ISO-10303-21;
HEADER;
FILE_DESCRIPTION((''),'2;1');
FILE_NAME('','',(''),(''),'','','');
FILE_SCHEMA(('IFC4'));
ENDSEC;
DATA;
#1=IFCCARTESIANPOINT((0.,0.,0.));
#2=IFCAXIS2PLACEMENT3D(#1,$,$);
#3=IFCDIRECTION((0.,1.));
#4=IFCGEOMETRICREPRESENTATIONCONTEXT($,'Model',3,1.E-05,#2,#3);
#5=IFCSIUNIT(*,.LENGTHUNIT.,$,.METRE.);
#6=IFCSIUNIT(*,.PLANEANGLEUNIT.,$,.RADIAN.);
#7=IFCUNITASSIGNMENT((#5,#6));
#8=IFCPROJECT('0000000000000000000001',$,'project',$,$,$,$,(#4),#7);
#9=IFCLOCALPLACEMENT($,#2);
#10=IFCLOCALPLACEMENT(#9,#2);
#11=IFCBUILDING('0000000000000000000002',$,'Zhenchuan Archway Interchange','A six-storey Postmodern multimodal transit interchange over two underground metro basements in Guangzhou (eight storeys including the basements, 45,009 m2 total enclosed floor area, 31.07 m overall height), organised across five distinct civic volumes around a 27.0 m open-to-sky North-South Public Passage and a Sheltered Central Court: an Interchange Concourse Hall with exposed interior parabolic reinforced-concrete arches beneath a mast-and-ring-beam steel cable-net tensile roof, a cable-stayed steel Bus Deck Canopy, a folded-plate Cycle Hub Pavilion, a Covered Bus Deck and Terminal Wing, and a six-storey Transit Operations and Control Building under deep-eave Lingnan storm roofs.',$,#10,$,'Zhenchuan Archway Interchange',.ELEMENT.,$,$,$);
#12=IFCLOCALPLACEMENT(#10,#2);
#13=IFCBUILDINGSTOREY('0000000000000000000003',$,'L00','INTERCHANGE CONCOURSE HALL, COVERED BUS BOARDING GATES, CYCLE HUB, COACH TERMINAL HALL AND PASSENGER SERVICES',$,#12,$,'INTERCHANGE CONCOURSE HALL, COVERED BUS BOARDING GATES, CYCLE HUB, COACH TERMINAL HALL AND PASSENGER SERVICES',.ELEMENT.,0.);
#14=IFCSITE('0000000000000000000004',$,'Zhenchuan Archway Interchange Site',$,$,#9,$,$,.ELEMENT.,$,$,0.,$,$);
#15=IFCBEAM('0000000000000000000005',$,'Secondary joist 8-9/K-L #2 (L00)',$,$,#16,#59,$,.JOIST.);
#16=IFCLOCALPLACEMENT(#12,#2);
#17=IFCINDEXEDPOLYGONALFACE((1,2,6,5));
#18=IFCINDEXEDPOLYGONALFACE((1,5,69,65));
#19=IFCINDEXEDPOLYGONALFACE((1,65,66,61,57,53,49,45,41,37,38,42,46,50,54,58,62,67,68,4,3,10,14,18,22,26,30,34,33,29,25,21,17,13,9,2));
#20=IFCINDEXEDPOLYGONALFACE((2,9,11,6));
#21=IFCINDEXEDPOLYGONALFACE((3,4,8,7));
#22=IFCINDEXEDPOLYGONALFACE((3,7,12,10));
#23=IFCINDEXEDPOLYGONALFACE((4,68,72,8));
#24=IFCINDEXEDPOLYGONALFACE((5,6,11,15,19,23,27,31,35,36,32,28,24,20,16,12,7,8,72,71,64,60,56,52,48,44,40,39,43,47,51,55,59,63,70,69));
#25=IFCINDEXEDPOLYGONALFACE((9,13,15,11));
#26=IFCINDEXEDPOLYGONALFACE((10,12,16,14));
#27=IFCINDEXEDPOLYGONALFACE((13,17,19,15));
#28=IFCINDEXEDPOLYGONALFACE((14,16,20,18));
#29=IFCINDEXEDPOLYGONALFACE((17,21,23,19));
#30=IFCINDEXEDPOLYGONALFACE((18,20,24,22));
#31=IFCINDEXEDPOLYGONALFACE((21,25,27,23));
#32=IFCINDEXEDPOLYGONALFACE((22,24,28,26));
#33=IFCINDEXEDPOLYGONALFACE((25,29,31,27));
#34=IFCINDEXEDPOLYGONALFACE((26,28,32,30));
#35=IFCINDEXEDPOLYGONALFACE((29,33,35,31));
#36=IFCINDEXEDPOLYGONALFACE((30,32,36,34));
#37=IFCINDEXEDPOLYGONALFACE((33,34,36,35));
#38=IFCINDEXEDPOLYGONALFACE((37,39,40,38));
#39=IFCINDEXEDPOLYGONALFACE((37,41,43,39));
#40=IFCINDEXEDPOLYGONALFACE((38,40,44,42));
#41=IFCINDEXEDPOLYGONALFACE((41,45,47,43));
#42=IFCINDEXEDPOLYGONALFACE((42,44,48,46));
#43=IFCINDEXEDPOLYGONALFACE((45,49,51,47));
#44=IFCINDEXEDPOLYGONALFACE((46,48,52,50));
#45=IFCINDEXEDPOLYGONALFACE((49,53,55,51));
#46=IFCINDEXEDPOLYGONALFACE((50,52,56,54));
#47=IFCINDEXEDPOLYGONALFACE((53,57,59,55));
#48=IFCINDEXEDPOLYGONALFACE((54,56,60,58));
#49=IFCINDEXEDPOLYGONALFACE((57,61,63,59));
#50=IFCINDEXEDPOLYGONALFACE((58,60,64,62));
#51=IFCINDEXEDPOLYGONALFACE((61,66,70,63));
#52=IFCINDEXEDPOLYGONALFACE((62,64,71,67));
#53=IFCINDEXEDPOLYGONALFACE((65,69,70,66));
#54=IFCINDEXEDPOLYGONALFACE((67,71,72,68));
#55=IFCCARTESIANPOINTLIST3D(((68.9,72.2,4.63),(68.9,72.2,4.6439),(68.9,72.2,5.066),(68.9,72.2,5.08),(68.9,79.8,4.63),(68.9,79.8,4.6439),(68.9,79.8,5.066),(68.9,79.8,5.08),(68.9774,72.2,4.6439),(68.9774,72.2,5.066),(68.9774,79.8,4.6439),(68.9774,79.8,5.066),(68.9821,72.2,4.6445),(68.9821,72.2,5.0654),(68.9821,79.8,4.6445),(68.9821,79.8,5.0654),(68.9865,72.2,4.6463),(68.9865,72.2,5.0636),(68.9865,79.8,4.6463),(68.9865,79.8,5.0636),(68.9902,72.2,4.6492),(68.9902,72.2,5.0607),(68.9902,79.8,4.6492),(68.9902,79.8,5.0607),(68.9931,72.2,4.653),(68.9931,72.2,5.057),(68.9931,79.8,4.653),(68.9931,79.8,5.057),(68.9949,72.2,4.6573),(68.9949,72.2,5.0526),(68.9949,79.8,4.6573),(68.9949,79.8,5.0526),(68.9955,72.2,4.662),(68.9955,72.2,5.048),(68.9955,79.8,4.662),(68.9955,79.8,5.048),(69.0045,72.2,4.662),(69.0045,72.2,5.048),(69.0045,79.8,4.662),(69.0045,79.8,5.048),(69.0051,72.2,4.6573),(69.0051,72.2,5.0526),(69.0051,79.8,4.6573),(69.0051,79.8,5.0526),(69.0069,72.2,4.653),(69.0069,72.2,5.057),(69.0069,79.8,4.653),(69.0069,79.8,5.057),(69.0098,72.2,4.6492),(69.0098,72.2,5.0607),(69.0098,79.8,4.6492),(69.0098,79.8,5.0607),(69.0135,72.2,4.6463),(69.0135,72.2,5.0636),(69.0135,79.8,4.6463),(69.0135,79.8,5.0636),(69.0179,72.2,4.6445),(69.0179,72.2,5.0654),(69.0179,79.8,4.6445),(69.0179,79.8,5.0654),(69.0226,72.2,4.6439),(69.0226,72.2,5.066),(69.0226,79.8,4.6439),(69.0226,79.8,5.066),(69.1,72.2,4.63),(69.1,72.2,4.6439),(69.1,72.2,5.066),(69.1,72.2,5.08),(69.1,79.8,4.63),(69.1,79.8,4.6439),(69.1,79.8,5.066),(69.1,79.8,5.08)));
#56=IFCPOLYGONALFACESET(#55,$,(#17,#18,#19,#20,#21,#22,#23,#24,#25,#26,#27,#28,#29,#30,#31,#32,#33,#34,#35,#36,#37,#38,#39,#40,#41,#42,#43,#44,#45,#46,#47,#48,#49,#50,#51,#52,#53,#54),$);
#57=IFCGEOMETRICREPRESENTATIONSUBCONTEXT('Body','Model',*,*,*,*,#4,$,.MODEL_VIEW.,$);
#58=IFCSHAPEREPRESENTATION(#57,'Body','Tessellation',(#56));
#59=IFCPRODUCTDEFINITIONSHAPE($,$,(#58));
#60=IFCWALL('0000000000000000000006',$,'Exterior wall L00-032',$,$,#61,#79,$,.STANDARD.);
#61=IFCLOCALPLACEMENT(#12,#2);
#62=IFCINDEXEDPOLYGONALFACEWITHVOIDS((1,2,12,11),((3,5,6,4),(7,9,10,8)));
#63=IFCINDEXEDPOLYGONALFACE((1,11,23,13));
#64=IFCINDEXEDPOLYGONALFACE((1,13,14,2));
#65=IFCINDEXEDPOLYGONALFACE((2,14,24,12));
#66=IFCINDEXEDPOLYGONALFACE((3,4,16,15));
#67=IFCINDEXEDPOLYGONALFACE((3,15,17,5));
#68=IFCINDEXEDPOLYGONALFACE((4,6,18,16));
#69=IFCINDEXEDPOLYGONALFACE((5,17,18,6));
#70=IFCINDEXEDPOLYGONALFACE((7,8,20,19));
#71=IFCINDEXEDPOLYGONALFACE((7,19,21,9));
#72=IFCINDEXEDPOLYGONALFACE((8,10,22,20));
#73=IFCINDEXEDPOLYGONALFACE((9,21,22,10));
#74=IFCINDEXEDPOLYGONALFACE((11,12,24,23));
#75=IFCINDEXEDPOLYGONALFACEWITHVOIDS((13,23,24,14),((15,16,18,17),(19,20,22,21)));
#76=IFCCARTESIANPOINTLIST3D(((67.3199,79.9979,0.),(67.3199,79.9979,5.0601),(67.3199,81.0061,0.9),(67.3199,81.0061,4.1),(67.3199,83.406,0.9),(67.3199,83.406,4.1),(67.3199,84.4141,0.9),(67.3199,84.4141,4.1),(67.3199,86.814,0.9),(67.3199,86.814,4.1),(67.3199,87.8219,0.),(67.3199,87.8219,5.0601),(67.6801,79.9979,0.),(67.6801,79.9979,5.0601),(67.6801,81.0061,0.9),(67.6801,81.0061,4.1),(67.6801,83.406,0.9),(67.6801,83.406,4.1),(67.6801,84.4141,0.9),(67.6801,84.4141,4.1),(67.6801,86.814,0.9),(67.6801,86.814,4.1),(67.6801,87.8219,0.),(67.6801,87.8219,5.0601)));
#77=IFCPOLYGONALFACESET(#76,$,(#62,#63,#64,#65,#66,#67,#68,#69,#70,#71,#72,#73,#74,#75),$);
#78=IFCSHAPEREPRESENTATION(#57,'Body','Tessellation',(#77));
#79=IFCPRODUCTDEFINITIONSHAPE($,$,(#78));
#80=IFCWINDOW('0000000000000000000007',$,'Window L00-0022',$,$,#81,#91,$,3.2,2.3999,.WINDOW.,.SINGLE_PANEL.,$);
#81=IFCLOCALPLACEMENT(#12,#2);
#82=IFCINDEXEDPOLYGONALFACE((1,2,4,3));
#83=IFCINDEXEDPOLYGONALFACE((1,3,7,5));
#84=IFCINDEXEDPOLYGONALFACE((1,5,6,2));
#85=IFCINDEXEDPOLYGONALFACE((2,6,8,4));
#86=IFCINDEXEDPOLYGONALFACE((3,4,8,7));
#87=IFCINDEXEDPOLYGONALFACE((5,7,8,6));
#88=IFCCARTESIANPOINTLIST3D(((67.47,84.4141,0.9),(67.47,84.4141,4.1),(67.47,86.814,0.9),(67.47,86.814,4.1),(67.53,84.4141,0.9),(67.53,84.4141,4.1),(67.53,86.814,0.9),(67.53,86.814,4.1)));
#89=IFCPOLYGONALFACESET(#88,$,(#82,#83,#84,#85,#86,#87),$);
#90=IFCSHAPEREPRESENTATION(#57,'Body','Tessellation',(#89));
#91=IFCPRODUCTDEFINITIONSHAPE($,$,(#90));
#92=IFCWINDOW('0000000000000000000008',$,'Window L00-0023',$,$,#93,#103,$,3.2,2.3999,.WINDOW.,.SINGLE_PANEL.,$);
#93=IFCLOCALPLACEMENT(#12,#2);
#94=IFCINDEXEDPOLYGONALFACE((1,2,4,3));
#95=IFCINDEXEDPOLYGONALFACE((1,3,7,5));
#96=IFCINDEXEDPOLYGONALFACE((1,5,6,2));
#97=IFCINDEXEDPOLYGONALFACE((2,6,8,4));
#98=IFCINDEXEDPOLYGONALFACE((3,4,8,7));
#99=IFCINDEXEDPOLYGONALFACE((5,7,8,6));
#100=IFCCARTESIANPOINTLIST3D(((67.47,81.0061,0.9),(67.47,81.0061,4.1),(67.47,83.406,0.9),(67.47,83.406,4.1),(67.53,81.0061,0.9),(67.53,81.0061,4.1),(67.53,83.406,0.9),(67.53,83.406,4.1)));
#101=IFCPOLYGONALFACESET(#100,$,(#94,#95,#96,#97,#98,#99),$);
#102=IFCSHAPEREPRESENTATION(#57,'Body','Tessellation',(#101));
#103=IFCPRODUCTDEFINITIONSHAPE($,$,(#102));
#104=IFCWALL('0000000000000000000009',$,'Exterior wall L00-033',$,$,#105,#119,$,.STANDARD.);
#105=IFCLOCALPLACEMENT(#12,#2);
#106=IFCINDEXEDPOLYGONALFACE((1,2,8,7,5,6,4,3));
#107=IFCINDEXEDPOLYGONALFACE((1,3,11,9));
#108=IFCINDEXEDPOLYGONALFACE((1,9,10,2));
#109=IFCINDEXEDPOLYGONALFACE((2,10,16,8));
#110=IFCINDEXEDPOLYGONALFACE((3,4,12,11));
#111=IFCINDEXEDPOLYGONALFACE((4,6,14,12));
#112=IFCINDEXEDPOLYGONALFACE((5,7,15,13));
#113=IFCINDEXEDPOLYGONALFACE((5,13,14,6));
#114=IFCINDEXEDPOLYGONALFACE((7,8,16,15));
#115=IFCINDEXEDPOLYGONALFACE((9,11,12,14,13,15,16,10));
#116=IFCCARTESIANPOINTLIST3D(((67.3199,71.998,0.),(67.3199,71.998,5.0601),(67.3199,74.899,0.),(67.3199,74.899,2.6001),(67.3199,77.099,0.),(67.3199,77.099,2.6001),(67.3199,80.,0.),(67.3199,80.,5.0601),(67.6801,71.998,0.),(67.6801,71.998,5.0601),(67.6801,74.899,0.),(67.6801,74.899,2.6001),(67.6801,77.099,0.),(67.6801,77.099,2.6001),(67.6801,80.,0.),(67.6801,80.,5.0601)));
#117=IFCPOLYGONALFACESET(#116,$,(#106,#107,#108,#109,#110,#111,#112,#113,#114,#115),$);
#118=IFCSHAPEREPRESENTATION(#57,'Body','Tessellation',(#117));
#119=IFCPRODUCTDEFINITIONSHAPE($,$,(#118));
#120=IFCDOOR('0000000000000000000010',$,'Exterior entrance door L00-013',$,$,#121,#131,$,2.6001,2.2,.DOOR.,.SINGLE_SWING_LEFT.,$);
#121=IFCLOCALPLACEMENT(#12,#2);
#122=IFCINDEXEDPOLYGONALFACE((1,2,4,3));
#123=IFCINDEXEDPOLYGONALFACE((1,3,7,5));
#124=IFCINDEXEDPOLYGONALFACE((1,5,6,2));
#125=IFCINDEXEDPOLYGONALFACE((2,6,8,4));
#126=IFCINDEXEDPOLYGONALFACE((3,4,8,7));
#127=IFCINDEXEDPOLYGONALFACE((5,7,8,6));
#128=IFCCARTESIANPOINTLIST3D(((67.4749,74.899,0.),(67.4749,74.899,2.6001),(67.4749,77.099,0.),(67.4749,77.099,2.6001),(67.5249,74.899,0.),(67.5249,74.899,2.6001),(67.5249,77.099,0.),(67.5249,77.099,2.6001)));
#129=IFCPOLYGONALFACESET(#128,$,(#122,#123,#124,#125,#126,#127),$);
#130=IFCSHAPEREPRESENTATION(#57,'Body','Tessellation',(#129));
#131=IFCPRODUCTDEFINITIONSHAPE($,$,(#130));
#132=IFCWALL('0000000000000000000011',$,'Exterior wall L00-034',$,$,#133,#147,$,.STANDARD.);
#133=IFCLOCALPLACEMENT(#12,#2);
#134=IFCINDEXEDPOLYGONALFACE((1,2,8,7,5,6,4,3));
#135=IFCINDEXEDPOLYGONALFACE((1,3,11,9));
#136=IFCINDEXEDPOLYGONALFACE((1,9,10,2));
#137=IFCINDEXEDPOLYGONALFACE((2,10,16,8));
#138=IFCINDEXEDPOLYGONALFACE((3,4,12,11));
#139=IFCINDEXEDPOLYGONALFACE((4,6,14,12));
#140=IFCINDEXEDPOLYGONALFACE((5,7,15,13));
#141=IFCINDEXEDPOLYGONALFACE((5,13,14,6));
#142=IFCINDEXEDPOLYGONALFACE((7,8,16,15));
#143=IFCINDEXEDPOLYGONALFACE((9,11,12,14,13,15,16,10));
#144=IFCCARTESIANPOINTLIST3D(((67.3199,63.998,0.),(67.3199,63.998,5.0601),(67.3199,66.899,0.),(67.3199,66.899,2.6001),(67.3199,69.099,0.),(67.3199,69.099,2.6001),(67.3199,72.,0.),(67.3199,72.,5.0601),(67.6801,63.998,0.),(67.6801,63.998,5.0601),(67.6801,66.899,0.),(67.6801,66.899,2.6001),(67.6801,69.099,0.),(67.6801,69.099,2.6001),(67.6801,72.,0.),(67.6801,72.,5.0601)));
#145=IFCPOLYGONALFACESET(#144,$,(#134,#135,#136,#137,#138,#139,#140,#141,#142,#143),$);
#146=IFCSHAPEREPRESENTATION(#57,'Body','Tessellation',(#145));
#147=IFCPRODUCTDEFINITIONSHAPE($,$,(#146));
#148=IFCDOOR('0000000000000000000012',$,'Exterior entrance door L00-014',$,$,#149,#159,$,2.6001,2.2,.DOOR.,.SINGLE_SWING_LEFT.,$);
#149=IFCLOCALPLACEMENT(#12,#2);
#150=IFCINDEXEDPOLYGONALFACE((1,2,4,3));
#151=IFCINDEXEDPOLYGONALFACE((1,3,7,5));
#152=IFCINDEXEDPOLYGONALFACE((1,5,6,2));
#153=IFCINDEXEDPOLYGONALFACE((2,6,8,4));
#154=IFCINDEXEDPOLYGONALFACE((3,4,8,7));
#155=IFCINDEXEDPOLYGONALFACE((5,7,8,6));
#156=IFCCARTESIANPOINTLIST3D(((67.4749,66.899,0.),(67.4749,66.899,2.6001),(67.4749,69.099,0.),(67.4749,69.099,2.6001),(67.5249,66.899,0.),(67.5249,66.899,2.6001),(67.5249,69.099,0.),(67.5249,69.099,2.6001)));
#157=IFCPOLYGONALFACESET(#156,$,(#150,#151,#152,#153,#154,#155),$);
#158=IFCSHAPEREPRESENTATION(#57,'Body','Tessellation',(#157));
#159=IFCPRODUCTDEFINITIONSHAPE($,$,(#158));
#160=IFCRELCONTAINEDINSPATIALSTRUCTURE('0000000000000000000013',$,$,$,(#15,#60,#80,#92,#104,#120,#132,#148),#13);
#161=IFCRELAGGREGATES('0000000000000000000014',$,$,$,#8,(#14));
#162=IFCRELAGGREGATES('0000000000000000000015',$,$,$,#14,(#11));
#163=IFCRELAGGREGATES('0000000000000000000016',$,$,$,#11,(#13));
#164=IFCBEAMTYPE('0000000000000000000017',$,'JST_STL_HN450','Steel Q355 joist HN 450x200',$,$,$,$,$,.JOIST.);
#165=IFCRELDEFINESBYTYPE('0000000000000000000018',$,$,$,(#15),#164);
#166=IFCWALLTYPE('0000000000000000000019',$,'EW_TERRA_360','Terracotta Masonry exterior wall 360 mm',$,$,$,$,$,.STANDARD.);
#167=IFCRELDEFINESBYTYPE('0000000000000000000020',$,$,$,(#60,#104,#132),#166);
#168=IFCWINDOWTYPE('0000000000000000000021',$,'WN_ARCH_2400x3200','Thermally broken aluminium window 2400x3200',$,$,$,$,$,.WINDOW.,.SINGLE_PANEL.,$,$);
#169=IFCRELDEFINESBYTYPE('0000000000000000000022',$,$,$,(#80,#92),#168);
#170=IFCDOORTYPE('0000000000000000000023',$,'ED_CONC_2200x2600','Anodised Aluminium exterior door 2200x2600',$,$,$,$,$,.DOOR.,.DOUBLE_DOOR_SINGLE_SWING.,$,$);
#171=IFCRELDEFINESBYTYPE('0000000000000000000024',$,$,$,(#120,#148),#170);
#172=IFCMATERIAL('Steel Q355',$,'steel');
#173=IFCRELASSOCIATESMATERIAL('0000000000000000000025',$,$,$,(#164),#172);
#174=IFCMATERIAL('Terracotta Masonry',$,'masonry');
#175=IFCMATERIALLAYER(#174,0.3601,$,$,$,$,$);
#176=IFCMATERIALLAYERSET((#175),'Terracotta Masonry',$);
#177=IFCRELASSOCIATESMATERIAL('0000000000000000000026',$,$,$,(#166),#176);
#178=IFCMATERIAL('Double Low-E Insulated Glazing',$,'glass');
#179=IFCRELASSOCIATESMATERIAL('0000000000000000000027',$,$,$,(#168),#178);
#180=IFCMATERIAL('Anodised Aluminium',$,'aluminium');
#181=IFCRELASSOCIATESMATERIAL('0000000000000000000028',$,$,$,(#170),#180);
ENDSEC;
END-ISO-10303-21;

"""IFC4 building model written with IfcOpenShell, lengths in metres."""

from ifc_helpers import new_model, si_unit, direction, frame, frame_2d, origin, origin_2d, place, context, subcontext, project, spatial, rectangle, i_section, extrude, material, layer, layer_set, material_profile, profile_set, type_object, element, fill, save


model = new_model("IFC4")

# Units and contexts
model_context = context("Model", 3, precision=1e-05, world=origin(), true_north=direction((0.0, 1.0)))
body_context = subcontext(model_context, "Body", "Model", "MODEL_VIEW")
ifc_project = project(units=[si_unit("LENGTHUNIT", "METRE"), si_unit("PLANEANGLEUNIT", "RADIAN")], contexts=[model_context])

# Site, building, storey
site_placement = place(None, origin())
site = spatial("IfcSite", under=ifc_project, at=site_placement, Name="Zhenchuan Archway Interchange Site", CompositionType="ELEMENT", RefElevation=0.0)
building_placement = place(site_placement, origin())
building = spatial("IfcBuilding", under=site, at=building_placement, Name="Zhenchuan Archway Interchange", Description="A six-storey Postmodern multimodal transit interchange over two underground metro basements in Guangzhou (eight storeys including the basements, 45,009 m2 total enclosed floor area, 31.07 m overall height), organised across five distinct civic volumes around a 27.0 m open-to-sky North-South Public Passage and a Sheltered Central Court: an Interchange Concourse Hall with exposed interior parabolic reinforced-concrete arches beneath a mast-and-ring-beam steel cable-net tensile roof, a cable-stayed steel Bus Deck Canopy, a folded-plate Cycle Hub Pavilion, a Covered Bus Deck and Terminal Wing, and a six-storey Transit Operations and Control Building under deep-eave Lingnan storm roofs.", LongName="Zhenchuan Archway Interchange", CompositionType="ELEMENT")
storey_placement = place(building_placement, origin())
storey = spatial("IfcBuildingStorey", under=building, at=storey_placement, Name="L00", Description="INTERCHANGE CONCOURSE HALL, COVERED BUS BOARDING GATES, CYCLE HUB, COACH TERMINAL HALL AND PASSENGER SERVICES", LongName="INTERCHANGE CONCOURSE HALL, COVERED BUS BOARDING GATES, CYCLE HUB, COACH TERMINAL HALL AND PASSENGER SERVICES", CompositionType="ELEMENT", Elevation=0.0)

# Beam
ifc_material_1 = material(Name="Steel Q355", Category="steel")
ifc_material_profile_1 = material_profile(ifc_material_1, i_section(OverallWidth=0.2, OverallDepth=0.45, WebThickness=0.009, FlangeThickness=0.0139, FilletRadius=0.0181, at=origin_2d()), Name="HN 450x200")
ifc_profile_set_1 = profile_set([ifc_material_profile_1], Name="Steel Q355")
beam_type_1 = type_object("IfcBeamType", Name="JST_STL_HN450", Description="Steel Q355 joist HN 450x200", PredefinedType="JOIST", material=ifc_profile_set_1)
beam_1_placement = place(storey_placement, frame((69.0, 72.2, 4.855), z_axis=(0.0, 1.0, 0.0), x_axis=(-1.0, 0.0, 0.0)))
element("IfcBeam", 1, at=beam_1_placement, inside=storey, type_object=beam_type_1, Name="Secondary joist 8-9/K-L #2 (L00)", PredefinedType="JOIST", context=body_context, shape_type="SweptSolid", body=[
    extrude(i_section(OverallWidth=0.2, OverallDepth=0.45, WebThickness=0.009, FlangeThickness=0.0139, FilletRadius=0.0181, at=origin_2d()), origin(), (0.0, 0.0, 1.0), 7.6001),
])

# Wall, openings, windows
ifc_material_2 = material(Name="Terracotta Masonry", Category="masonry")
ifc_layer_1 = layer(ifc_material_2, 0.3601)
ifc_layer_set_1 = layer_set([ifc_layer_1], Name="Terracotta Masonry")
wall_type = type_object("IfcWallType", Name="EW_TERRA_360", Description="Terracotta Masonry exterior wall 360 mm", PredefinedType="STANDARD", material=ifc_layer_set_1)
wall_1_placement = place(storey_placement, frame((67.5, 87.822, 0.0), z_axis=(0.0, 0.0, 1.0), x_axis=(0.0, -1.0, 0.0)))
wall_1 = element("IfcWall", 2, at=wall_1_placement, inside=storey, type_object=wall_type, Name="Exterior wall L00-032", PredefinedType="STANDARD", context=body_context, shape_type="SweptSolid", body=[
    extrude(rectangle(XDim=7.824, YDim=0.3601, at=frame_2d((3.9121, 0.0))), origin(), (0.0, 0.0, 1.0), 5.0601),
])
opening_1_placement = place(wall_1_placement, frame((1.0081, 0.0, 0.8999)))
opening_1 = element("IfcOpeningElement", 3, at=opening_1_placement, cuts=wall_1, PredefinedType="OPENING", context=body_context, shape_type="SweptSolid", body=[
    extrude(rectangle(XDim=2.3999, YDim=3.2, at=frame_2d((1.2, 1.6001))), frame((0.0, 0.1919, 0.0), z_axis=(0.0, -1.0, 0.0), x_axis=(1.0, 0.0, 0.0)), (0.0, 0.0, 1.0), 0.384),
])
opening_2_placement = place(wall_1_placement, frame((4.416, 0.0, 0.8999)))
opening_2 = element("IfcOpeningElement", 4, at=opening_2_placement, cuts=wall_1, PredefinedType="OPENING", context=body_context, shape_type="SweptSolid", body=[
    extrude(rectangle(XDim=2.3999, YDim=3.2, at=frame_2d((1.2, 1.6001))), frame((0.0, 0.1919, 0.0), z_axis=(0.0, -1.0, 0.0), x_axis=(1.0, 0.0, 0.0)), (0.0, 0.0, 1.0), 0.384),
])
ifc_material_3 = material(Name="Double Low-E Insulated Glazing", Category="glass")
window_type = type_object("IfcWindowType", Name="WN_ARCH_2400x3200", Description="Thermally broken aluminium window 2400x3200", PartitioningType="SINGLE_PANEL", PredefinedType="WINDOW", material=ifc_material_3)
window_1_placement = place(opening_1_placement, origin())
window_1 = element("IfcWindow", 5, at=window_1_placement, inside=storey, type_object=window_type, Name="Window L00-0022", OverallHeight=3.2, OverallWidth=2.3999, PartitioningType="SINGLE_PANEL", PredefinedType="WINDOW", context=body_context, shape_type="SweptSolid", body=[
    extrude(rectangle(XDim=2.3999, YDim=3.2, at=frame_2d((1.2, 1.6001))), frame((0.0, 0.03, 0.0), z_axis=(0.0, -1.0, 0.0), x_axis=(1.0, 0.0, 0.0)), (0.0, 0.0, 1.0), 0.0601),
])
fill(opening_1, window_1)
window_2_placement = place(opening_2_placement, origin())
window_2 = element("IfcWindow", 6, at=window_2_placement, inside=storey, type_object=window_type, Name="Window L00-0023", OverallHeight=3.2, OverallWidth=2.3999, PartitioningType="SINGLE_PANEL", PredefinedType="WINDOW", context=body_context, shape_type="SweptSolid", body=[
    extrude(rectangle(XDim=2.3999, YDim=3.2, at=frame_2d((1.2, 1.6001))), frame((0.0, 0.03, 0.0), z_axis=(0.0, -1.0, 0.0), x_axis=(1.0, 0.0, 0.0)), (0.0, 0.0, 1.0), 0.0601),
])
fill(opening_2, window_2)

# Walls, openings, doors
wall_2_placement = place(storey_placement, frame((67.5, 80.0, 0.0), z_axis=(0.0, 0.0, 1.0), x_axis=(0.0, -1.0, 0.0)))
wall_2 = element("IfcWall", 7, at=wall_2_placement, inside=storey, type_object=wall_type, Name="Exterior wall L00-033", PredefinedType="STANDARD", context=body_context, shape_type="SweptSolid", body=[
    extrude(rectangle(XDim=8.002, YDim=0.3601, at=frame_2d((4.001, 0.0))), origin(), (0.0, 0.0, 1.0), 5.0601),
])
opening_3_placement = place(wall_2_placement, frame((2.9009, 0.0, 0.0)))
opening_3 = element("IfcOpeningElement", 8, at=opening_3_placement, cuts=wall_2, PredefinedType="OPENING", context=body_context, shape_type="SweptSolid", body=[
    extrude(rectangle(XDim=2.2, YDim=2.6001, at=frame_2d((1.1001, 1.3))), frame((0.0, 0.1919, 0.0), z_axis=(0.0, -1.0, 0.0), x_axis=(1.0, 0.0, 0.0)), (0.0, 0.0, 1.0), 0.384),
])
ifc_material_4 = material(Name="Anodised Aluminium", Category="aluminium")
door_type = type_object("IfcDoorType", Name="ED_CONC_2200x2600", Description="Anodised Aluminium exterior door 2200x2600", OperationType="DOUBLE_DOOR_SINGLE_SWING", PredefinedType="DOOR", material=ifc_material_4)
door_1_placement = place(opening_3_placement, origin())
door_1 = element("IfcDoor", 9, at=door_1_placement, inside=storey, type_object=door_type, Name="Exterior entrance door L00-013", OperationType="SINGLE_SWING_LEFT", OverallHeight=2.6001, OverallWidth=2.2, PredefinedType="DOOR", context=body_context, shape_type="SweptSolid", body=[
    extrude(rectangle(XDim=2.2, YDim=2.6001, at=frame_2d((1.1001, 1.3))), frame((0.0, 0.0249, 0.0), z_axis=(0.0, -1.0, 0.0), x_axis=(1.0, 0.0, 0.0)), (0.0, 0.0, 1.0), 0.05),
])
fill(opening_3, door_1)
wall_3_placement = place(storey_placement, frame((67.5, 72.0, 0.0), z_axis=(0.0, 0.0, 1.0), x_axis=(0.0, -1.0, 0.0)))
wall_3 = element("IfcWall", 10, at=wall_3_placement, inside=storey, type_object=wall_type, Name="Exterior wall L00-034", PredefinedType="STANDARD", context=body_context, shape_type="SweptSolid", body=[
    extrude(rectangle(XDim=8.002, YDim=0.3601, at=frame_2d((4.001, 0.0))), origin(), (0.0, 0.0, 1.0), 5.0601),
])
opening_4_placement = place(wall_3_placement, frame((2.9009, 0.0, 0.0)))
opening_4 = element("IfcOpeningElement", 11, at=opening_4_placement, cuts=wall_3, PredefinedType="OPENING", context=body_context, shape_type="SweptSolid", body=[
    extrude(rectangle(XDim=2.2, YDim=2.6001, at=frame_2d((1.1001, 1.3))), frame((0.0, 0.1919, 0.0), z_axis=(0.0, -1.0, 0.0), x_axis=(1.0, 0.0, 0.0)), (0.0, 0.0, 1.0), 0.384),
])
door_2_placement = place(opening_4_placement, origin())
door_2 = element("IfcDoor", 12, at=door_2_placement, inside=storey, type_object=door_type, Name="Exterior entrance door L00-014", OperationType="SINGLE_SWING_LEFT", OverallHeight=2.6001, OverallWidth=2.2, PredefinedType="DOOR", context=body_context, shape_type="SweptSolid", body=[
    extrude(rectangle(XDim=2.2, YDim=2.6001, at=frame_2d((1.1001, 1.3))), frame((0.0, 0.0249, 0.0), z_axis=(0.0, -1.0, 0.0), x_axis=(1.0, 0.0, 0.0)), (0.0, 0.0, 1.0), 0.05),
])
fill(opening_4, door_2)

save(model, "model.ifc")
